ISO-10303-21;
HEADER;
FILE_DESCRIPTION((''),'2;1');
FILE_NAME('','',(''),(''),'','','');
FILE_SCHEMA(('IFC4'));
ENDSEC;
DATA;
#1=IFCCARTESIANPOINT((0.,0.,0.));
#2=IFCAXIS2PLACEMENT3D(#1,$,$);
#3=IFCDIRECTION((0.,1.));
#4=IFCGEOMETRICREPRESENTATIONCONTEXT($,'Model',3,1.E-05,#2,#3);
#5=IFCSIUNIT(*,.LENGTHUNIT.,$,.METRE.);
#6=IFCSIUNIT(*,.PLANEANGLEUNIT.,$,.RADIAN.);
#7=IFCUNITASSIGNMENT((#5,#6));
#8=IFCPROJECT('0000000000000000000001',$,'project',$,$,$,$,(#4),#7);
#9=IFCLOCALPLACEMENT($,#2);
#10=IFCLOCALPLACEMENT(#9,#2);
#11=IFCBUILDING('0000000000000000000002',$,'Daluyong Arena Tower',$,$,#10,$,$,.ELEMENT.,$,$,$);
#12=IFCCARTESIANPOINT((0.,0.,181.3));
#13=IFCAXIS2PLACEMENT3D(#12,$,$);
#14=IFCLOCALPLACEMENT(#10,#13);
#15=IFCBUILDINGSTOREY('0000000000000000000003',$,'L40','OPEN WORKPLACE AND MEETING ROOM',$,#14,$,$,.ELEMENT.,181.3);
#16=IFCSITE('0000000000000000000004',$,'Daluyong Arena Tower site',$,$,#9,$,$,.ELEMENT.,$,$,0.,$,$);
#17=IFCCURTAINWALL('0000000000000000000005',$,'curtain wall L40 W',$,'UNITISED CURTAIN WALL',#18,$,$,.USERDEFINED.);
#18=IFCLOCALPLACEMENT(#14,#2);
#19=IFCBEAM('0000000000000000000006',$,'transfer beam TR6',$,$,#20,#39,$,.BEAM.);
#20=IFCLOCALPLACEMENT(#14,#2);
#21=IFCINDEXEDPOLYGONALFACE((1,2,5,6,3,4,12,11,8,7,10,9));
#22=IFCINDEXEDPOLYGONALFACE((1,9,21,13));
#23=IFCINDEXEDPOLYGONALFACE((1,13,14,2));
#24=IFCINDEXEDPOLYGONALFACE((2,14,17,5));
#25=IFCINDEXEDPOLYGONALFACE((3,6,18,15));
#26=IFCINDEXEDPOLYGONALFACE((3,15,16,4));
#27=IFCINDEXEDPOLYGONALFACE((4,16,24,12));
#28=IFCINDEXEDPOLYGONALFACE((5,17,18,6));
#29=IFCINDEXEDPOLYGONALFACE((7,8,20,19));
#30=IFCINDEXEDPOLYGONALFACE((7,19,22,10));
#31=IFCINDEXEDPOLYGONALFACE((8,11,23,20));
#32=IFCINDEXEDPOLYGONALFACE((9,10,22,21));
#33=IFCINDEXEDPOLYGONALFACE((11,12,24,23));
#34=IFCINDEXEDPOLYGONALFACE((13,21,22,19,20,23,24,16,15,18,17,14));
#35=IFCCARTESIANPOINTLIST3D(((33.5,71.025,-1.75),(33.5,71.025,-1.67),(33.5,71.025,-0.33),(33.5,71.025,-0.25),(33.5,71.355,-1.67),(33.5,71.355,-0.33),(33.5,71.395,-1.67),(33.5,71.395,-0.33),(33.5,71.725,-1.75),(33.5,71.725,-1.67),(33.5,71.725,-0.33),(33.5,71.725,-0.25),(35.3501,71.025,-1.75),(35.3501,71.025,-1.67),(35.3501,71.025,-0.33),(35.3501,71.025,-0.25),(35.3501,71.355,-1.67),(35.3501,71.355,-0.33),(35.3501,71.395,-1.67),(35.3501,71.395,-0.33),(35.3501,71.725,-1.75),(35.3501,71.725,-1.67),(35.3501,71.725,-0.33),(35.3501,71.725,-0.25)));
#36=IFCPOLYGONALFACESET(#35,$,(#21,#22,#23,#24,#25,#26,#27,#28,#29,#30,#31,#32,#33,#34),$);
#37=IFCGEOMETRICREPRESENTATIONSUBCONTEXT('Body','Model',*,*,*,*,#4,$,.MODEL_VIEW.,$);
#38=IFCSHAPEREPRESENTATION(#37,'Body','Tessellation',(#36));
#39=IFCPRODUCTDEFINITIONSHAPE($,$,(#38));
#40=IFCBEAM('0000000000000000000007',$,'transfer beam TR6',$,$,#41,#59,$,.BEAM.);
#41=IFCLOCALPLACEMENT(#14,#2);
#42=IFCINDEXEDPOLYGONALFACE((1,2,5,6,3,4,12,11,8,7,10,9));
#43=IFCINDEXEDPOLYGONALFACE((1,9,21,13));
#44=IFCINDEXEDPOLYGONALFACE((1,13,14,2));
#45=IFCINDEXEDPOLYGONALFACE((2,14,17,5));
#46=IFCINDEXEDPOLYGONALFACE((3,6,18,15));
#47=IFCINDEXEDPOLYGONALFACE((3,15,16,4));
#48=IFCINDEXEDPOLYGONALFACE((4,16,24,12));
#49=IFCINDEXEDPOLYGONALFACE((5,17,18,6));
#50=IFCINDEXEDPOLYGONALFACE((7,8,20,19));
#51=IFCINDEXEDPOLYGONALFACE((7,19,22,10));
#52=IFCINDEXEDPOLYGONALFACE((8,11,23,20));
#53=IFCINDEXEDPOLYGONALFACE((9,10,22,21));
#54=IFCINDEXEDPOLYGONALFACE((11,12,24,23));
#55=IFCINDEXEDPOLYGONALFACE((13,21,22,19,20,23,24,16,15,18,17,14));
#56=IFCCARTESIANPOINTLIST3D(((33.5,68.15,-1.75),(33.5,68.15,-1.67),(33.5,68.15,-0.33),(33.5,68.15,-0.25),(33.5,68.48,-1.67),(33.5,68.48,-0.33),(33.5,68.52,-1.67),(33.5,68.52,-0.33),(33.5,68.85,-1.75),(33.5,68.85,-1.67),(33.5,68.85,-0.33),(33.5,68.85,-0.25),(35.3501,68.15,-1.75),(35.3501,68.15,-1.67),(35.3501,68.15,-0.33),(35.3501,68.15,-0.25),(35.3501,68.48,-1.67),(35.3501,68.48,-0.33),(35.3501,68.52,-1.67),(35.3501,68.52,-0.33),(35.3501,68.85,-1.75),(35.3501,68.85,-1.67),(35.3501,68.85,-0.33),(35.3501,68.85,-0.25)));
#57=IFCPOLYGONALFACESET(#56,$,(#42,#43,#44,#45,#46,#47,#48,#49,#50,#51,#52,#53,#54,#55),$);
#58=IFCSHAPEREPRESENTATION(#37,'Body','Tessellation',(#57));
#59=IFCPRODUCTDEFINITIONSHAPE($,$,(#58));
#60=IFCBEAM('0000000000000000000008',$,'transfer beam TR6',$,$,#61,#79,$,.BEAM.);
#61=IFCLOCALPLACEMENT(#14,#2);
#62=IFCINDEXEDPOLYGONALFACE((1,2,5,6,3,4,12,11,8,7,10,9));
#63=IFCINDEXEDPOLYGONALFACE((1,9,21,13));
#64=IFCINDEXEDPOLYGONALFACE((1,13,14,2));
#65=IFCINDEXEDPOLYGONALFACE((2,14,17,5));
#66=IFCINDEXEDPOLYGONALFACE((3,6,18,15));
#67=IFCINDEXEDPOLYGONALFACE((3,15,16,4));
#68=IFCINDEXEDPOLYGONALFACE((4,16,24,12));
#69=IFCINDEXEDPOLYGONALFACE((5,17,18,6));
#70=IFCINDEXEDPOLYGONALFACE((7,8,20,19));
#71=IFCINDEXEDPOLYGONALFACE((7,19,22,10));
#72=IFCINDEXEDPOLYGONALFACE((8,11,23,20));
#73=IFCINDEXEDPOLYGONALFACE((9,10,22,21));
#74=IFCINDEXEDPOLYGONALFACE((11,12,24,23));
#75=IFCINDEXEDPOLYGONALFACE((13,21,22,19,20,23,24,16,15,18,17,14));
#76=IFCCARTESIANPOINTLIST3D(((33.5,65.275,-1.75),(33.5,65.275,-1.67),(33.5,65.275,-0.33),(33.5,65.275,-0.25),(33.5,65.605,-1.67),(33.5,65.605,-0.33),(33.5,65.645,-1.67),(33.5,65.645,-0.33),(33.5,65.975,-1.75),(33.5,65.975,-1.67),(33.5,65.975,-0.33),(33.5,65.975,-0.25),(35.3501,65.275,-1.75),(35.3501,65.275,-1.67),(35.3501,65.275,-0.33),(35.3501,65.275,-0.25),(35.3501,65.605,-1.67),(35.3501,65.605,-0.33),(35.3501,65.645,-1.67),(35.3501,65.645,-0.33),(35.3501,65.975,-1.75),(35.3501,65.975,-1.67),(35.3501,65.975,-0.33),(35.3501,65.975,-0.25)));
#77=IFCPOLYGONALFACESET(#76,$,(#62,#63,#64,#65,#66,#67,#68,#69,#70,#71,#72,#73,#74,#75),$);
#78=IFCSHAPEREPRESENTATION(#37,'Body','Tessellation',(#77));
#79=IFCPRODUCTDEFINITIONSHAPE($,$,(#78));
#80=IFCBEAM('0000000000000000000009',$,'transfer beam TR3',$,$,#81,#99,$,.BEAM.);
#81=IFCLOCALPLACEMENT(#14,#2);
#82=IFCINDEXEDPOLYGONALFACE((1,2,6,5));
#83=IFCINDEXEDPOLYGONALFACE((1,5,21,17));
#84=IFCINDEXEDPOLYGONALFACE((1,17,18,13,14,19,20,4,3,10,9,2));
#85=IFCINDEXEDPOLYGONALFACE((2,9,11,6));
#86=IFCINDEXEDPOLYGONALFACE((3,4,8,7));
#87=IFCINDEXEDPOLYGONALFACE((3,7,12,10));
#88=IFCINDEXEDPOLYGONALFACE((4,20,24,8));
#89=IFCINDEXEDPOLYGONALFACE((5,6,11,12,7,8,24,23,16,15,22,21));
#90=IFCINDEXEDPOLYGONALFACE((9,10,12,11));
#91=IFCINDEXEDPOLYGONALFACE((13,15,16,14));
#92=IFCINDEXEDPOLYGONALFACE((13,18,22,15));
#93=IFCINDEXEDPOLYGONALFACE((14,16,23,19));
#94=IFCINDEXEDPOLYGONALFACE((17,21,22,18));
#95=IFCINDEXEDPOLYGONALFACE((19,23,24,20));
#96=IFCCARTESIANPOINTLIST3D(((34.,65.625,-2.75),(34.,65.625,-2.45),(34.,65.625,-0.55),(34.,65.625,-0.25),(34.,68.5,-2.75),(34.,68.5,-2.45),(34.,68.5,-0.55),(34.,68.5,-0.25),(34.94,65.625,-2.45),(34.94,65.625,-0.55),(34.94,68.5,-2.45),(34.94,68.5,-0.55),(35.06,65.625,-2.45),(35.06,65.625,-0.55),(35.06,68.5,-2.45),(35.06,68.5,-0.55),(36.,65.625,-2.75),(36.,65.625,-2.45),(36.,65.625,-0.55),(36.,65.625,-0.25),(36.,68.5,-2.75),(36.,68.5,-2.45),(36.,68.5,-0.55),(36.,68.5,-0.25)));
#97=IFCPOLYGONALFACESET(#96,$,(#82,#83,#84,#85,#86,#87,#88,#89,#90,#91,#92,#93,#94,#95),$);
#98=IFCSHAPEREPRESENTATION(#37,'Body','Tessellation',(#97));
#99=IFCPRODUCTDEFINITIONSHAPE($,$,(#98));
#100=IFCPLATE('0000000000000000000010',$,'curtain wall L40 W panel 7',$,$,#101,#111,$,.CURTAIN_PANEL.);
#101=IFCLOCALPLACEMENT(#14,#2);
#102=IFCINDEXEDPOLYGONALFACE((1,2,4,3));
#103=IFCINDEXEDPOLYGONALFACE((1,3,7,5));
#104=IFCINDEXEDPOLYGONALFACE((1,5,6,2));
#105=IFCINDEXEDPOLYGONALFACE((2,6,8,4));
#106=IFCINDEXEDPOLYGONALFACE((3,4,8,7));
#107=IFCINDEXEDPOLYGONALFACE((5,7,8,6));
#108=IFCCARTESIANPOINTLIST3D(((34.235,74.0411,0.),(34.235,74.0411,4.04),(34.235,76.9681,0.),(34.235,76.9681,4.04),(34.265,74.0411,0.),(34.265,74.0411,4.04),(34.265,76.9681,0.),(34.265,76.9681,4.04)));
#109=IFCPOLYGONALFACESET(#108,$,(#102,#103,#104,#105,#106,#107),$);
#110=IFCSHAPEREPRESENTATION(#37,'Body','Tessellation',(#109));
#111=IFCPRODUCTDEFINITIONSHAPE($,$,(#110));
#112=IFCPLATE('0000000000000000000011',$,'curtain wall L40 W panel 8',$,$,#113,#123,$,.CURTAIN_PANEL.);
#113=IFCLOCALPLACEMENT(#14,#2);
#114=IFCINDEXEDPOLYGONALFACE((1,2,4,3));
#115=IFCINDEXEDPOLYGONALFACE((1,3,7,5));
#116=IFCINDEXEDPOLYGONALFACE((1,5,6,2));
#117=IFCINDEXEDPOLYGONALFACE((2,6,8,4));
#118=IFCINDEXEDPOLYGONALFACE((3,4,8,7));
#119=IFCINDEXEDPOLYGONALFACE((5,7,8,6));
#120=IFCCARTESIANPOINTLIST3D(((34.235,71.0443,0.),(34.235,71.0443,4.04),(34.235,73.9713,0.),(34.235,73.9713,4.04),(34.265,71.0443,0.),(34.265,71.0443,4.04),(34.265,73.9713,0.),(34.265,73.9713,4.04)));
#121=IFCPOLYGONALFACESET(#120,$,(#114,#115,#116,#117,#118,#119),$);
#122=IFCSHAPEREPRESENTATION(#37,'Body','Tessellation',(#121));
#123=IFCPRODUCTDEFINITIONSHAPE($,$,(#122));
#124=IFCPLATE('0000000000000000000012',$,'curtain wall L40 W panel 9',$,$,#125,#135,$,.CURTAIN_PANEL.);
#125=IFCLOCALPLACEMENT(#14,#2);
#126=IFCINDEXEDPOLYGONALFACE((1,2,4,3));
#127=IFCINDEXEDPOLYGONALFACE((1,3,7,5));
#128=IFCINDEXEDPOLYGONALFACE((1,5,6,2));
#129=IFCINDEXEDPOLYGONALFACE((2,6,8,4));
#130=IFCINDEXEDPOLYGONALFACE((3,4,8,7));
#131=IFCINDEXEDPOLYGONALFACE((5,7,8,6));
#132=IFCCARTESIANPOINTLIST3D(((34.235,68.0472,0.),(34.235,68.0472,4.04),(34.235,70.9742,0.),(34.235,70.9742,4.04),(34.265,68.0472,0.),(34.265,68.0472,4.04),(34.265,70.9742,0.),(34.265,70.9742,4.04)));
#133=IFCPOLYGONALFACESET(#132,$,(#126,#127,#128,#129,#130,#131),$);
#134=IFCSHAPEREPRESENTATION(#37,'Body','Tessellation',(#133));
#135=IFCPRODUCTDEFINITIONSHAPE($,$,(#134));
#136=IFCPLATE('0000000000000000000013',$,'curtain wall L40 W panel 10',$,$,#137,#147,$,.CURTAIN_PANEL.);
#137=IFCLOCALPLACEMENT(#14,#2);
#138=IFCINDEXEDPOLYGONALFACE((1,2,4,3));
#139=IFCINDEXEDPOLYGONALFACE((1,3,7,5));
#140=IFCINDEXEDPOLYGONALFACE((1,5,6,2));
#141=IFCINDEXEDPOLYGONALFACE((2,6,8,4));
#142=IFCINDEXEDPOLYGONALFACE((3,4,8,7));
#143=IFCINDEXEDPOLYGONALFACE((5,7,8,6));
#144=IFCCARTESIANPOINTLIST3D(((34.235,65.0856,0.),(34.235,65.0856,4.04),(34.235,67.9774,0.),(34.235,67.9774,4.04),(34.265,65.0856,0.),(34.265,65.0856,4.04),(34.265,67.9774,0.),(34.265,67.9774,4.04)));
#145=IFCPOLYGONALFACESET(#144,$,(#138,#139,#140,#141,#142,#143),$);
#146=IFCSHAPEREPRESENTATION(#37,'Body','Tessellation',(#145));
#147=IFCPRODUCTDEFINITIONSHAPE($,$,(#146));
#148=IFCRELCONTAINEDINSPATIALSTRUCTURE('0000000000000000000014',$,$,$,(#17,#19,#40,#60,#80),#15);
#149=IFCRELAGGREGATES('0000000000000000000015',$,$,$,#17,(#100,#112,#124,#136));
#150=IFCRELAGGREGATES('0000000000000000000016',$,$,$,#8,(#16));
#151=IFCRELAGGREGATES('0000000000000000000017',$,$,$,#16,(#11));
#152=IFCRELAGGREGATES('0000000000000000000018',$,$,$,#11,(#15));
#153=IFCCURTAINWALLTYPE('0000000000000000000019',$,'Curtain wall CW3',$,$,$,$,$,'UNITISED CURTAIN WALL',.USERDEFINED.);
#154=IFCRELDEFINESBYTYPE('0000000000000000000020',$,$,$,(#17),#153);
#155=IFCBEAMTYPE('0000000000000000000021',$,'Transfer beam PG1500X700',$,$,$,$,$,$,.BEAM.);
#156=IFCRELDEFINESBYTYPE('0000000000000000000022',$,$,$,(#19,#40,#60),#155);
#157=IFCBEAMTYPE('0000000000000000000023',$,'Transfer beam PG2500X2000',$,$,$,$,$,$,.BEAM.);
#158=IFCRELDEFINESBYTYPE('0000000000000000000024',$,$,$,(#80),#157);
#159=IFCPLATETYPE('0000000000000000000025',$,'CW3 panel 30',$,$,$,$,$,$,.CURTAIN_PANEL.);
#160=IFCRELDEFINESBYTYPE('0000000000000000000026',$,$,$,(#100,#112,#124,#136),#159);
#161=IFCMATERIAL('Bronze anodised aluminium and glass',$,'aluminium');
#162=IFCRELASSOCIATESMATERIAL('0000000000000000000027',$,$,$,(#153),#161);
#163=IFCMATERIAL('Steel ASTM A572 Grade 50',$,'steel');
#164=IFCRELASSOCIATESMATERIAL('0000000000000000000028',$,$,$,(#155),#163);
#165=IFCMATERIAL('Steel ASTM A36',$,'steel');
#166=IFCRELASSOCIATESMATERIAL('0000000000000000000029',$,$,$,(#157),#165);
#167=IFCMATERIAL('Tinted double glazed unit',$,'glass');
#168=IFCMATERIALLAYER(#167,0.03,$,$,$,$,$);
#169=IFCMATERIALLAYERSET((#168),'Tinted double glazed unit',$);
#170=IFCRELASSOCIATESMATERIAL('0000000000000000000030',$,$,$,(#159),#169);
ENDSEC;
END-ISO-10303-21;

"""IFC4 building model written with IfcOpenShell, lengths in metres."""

from ifc_helpers import new_model, si_unit, direction, frame, origin, origin_2d, place, context, subcontext, project, spatial, rectangle, i_section, extrude, material, layer, layer_set, material_profile, profile_set, type_object, element, aggregate, save


model = new_model("IFC4")

# Units and contexts
model_context = context("Model", 3, precision=1e-05, world=origin(), true_north=direction((0.0, 1.0)))
body_context = subcontext(model_context, "Body", "Model", "MODEL_VIEW")
ifc_project = project(units=[si_unit("LENGTHUNIT", "METRE"), si_unit("PLANEANGLEUNIT", "RADIAN")], contexts=[model_context])

# Site, building, storey
site_placement = place(None, origin())
site = spatial("IfcSite", under=ifc_project, at=site_placement, Name="Daluyong Arena Tower site", CompositionType="ELEMENT", RefElevation=0.0)
building_placement = place(site_placement, origin())
building = spatial("IfcBuilding", under=site, at=building_placement, Name="Daluyong Arena Tower", CompositionType="ELEMENT")
storey_placement = place(building_placement, frame((0.0, 0.0, 181.3)))
storey = spatial("IfcBuildingStorey", under=building, at=storey_placement, Name="L40", Description="OPEN WORKPLACE AND MEETING ROOM", CompositionType="ELEMENT", Elevation=181.3)

# Curtain wall
ifc_material_1 = material(Name="Bronze anodised aluminium and glass", Category="aluminium")
curtain_wall_type = type_object("IfcCurtainWallType", Name="Curtain wall CW3", ElementType="UNITISED CURTAIN WALL", PredefinedType="USERDEFINED", material=ifc_material_1)
curtain_wall_placement = place(storey_placement, origin())
curtain_wall = element("IfcCurtainWall", 1, at=curtain_wall_placement, inside=storey, type_object=curtain_wall_type, Name="curtain wall L40 W", ObjectType="UNITISED CURTAIN WALL", PredefinedType="USERDEFINED")

# Beams
ifc_material_2 = material(Name="Steel ASTM A572 Grade 50", Category="steel")
ifc_material_profile_1 = material_profile(ifc_material_2, i_section(OverallWidth=0.7, OverallDepth=1.5, WebThickness=0.04, FlangeThickness=0.08, at=origin_2d()))
ifc_profile_set_1 = profile_set([ifc_material_profile_1], Name="Steel ASTM A572 Grade 50")
beam_type_1 = type_object("IfcBeamType", Name="Transfer beam PG1500X700", PredefinedType="BEAM", material=ifc_profile_set_1)
for number, where, z_axis, x_axis, name in (
    (2, (33.5, 71.375, -1.0), (1.0, 0.0, 0.0), (0.0, 1.0, 0.0), "transfer beam TR6"),
    (3, (33.5, 68.5, -1.0), (1.0, 0.0, 0.0), (0.0, 1.0, 0.0), "transfer beam TR6"),
    (4, (33.5, 65.625, -1.0), (1.0, 0.0, 0.0), (0.0, 1.0, 0.0), "transfer beam TR6"),
):
    element("IfcBeam", number, at=place(storey_placement, frame(where, z_axis=z_axis, x_axis=x_axis)), inside=storey, type_object=beam_type_1, Name=name, PredefinedType="BEAM", context=body_context, shape_type="SweptSolid", body=[
        extrude(i_section(OverallWidth=0.7, OverallDepth=1.5, WebThickness=0.04, FlangeThickness=0.08, at=origin_2d()), origin(), (0.0, 0.0, 1.0), 1.8501),
    ])
ifc_material_3 = material(Name="Steel ASTM A36", Category="steel")
ifc_material_profile_2 = material_profile(ifc_material_3, i_section(OverallWidth=2.0, OverallDepth=2.5, WebThickness=0.12, FlangeThickness=0.3, at=origin_2d()))
ifc_profile_set_2 = profile_set([ifc_material_profile_2], Name="Steel ASTM A36")
beam_type_2 = type_object("IfcBeamType", Name="Transfer beam PG2500X2000", PredefinedType="BEAM", material=ifc_profile_set_2)
beam_placement = place(storey_placement, frame((35.0, 65.625, -1.5), z_axis=(0.0, 1.0, 0.0), x_axis=(-1.0, 0.0, 0.0)))
element("IfcBeam", 5, at=beam_placement, inside=storey, type_object=beam_type_2, Name="transfer beam TR3", PredefinedType="BEAM", context=body_context, shape_type="SweptSolid", body=[
    extrude(i_section(OverallWidth=2.0, OverallDepth=2.5, WebThickness=0.12, FlangeThickness=0.3, at=origin_2d()), origin(), (0.0, 0.0, 1.0), 2.875),
])

# Plates
ifc_material_4 = material(Name="Tinted double glazed unit", Category="glass")
ifc_layer = layer(ifc_material_4, 0.03)
ifc_layer_set = layer_set([ifc_layer], Name="Tinted double glazed unit")
plate_type = type_object("IfcPlateType", Name="CW3 panel 30", PredefinedType="CURTAIN_PANEL", material=ifc_layer_set)
plate_1_placement = place(storey_placement, frame((34.25, 75.5046, 0.0), z_axis=(0.0, 0.0, 1.0), x_axis=(0.0, -1.0, 0.0)))
plate_1 = element("IfcPlate", 6, at=plate_1_placement, type_object=plate_type, Name="curtain wall L40 W panel 7", PredefinedType="CURTAIN_PANEL", context=body_context, shape_type="SweptSolid", body=[
    extrude(rectangle(XDim=2.927, YDim=0.03, at=origin_2d()), origin(), (0.0, 0.0, 1.0), 4.04),
])
plate_2_placement = place(storey_placement, frame((34.25, 72.5078, 0.0), z_axis=(0.0, 0.0, 1.0), x_axis=(0.0, -1.0, 0.0)))
plate_2 = element("IfcPlate", 7, at=plate_2_placement, type_object=plate_type, Name="curtain wall L40 W panel 8", PredefinedType="CURTAIN_PANEL", context=body_context, shape_type="SweptSolid", body=[
    extrude(rectangle(XDim=2.927, YDim=0.03, at=origin_2d()), origin(), (0.0, 0.0, 1.0), 4.04),
])
plate_3_placement = place(storey_placement, frame((34.25, 69.5107, 0.0), z_axis=(0.0, 0.0, 1.0), x_axis=(0.0, -1.0, 0.0)))
plate_3 = element("IfcPlate", 8, at=plate_3_placement, type_object=plate_type, Name="curtain wall L40 W panel 9", PredefinedType="CURTAIN_PANEL", context=body_context, shape_type="SweptSolid", body=[
    extrude(rectangle(XDim=2.927, YDim=0.03, at=origin_2d()), origin(), (0.0, 0.0, 1.0), 4.04),
])
plate_4_placement = place(storey_placement, frame((34.25, 66.5315, 0.0), z_axis=(0.0, 0.0, 1.0), x_axis=(0.0, -1.0, 0.0)))
plate_4 = element("IfcPlate", 9, at=plate_4_placement, type_object=plate_type, Name="curtain wall L40 W panel 10", PredefinedType="CURTAIN_PANEL", context=body_context, shape_type="SweptSolid", body=[
    extrude(rectangle(XDim=2.8918, YDim=0.03, at=origin_2d()), origin(), (0.0, 0.0, 1.0), 4.04),
])
aggregate(curtain_wall, [plate_1, plate_2, plate_3, plate_4])

save(model, "model.ifc")
